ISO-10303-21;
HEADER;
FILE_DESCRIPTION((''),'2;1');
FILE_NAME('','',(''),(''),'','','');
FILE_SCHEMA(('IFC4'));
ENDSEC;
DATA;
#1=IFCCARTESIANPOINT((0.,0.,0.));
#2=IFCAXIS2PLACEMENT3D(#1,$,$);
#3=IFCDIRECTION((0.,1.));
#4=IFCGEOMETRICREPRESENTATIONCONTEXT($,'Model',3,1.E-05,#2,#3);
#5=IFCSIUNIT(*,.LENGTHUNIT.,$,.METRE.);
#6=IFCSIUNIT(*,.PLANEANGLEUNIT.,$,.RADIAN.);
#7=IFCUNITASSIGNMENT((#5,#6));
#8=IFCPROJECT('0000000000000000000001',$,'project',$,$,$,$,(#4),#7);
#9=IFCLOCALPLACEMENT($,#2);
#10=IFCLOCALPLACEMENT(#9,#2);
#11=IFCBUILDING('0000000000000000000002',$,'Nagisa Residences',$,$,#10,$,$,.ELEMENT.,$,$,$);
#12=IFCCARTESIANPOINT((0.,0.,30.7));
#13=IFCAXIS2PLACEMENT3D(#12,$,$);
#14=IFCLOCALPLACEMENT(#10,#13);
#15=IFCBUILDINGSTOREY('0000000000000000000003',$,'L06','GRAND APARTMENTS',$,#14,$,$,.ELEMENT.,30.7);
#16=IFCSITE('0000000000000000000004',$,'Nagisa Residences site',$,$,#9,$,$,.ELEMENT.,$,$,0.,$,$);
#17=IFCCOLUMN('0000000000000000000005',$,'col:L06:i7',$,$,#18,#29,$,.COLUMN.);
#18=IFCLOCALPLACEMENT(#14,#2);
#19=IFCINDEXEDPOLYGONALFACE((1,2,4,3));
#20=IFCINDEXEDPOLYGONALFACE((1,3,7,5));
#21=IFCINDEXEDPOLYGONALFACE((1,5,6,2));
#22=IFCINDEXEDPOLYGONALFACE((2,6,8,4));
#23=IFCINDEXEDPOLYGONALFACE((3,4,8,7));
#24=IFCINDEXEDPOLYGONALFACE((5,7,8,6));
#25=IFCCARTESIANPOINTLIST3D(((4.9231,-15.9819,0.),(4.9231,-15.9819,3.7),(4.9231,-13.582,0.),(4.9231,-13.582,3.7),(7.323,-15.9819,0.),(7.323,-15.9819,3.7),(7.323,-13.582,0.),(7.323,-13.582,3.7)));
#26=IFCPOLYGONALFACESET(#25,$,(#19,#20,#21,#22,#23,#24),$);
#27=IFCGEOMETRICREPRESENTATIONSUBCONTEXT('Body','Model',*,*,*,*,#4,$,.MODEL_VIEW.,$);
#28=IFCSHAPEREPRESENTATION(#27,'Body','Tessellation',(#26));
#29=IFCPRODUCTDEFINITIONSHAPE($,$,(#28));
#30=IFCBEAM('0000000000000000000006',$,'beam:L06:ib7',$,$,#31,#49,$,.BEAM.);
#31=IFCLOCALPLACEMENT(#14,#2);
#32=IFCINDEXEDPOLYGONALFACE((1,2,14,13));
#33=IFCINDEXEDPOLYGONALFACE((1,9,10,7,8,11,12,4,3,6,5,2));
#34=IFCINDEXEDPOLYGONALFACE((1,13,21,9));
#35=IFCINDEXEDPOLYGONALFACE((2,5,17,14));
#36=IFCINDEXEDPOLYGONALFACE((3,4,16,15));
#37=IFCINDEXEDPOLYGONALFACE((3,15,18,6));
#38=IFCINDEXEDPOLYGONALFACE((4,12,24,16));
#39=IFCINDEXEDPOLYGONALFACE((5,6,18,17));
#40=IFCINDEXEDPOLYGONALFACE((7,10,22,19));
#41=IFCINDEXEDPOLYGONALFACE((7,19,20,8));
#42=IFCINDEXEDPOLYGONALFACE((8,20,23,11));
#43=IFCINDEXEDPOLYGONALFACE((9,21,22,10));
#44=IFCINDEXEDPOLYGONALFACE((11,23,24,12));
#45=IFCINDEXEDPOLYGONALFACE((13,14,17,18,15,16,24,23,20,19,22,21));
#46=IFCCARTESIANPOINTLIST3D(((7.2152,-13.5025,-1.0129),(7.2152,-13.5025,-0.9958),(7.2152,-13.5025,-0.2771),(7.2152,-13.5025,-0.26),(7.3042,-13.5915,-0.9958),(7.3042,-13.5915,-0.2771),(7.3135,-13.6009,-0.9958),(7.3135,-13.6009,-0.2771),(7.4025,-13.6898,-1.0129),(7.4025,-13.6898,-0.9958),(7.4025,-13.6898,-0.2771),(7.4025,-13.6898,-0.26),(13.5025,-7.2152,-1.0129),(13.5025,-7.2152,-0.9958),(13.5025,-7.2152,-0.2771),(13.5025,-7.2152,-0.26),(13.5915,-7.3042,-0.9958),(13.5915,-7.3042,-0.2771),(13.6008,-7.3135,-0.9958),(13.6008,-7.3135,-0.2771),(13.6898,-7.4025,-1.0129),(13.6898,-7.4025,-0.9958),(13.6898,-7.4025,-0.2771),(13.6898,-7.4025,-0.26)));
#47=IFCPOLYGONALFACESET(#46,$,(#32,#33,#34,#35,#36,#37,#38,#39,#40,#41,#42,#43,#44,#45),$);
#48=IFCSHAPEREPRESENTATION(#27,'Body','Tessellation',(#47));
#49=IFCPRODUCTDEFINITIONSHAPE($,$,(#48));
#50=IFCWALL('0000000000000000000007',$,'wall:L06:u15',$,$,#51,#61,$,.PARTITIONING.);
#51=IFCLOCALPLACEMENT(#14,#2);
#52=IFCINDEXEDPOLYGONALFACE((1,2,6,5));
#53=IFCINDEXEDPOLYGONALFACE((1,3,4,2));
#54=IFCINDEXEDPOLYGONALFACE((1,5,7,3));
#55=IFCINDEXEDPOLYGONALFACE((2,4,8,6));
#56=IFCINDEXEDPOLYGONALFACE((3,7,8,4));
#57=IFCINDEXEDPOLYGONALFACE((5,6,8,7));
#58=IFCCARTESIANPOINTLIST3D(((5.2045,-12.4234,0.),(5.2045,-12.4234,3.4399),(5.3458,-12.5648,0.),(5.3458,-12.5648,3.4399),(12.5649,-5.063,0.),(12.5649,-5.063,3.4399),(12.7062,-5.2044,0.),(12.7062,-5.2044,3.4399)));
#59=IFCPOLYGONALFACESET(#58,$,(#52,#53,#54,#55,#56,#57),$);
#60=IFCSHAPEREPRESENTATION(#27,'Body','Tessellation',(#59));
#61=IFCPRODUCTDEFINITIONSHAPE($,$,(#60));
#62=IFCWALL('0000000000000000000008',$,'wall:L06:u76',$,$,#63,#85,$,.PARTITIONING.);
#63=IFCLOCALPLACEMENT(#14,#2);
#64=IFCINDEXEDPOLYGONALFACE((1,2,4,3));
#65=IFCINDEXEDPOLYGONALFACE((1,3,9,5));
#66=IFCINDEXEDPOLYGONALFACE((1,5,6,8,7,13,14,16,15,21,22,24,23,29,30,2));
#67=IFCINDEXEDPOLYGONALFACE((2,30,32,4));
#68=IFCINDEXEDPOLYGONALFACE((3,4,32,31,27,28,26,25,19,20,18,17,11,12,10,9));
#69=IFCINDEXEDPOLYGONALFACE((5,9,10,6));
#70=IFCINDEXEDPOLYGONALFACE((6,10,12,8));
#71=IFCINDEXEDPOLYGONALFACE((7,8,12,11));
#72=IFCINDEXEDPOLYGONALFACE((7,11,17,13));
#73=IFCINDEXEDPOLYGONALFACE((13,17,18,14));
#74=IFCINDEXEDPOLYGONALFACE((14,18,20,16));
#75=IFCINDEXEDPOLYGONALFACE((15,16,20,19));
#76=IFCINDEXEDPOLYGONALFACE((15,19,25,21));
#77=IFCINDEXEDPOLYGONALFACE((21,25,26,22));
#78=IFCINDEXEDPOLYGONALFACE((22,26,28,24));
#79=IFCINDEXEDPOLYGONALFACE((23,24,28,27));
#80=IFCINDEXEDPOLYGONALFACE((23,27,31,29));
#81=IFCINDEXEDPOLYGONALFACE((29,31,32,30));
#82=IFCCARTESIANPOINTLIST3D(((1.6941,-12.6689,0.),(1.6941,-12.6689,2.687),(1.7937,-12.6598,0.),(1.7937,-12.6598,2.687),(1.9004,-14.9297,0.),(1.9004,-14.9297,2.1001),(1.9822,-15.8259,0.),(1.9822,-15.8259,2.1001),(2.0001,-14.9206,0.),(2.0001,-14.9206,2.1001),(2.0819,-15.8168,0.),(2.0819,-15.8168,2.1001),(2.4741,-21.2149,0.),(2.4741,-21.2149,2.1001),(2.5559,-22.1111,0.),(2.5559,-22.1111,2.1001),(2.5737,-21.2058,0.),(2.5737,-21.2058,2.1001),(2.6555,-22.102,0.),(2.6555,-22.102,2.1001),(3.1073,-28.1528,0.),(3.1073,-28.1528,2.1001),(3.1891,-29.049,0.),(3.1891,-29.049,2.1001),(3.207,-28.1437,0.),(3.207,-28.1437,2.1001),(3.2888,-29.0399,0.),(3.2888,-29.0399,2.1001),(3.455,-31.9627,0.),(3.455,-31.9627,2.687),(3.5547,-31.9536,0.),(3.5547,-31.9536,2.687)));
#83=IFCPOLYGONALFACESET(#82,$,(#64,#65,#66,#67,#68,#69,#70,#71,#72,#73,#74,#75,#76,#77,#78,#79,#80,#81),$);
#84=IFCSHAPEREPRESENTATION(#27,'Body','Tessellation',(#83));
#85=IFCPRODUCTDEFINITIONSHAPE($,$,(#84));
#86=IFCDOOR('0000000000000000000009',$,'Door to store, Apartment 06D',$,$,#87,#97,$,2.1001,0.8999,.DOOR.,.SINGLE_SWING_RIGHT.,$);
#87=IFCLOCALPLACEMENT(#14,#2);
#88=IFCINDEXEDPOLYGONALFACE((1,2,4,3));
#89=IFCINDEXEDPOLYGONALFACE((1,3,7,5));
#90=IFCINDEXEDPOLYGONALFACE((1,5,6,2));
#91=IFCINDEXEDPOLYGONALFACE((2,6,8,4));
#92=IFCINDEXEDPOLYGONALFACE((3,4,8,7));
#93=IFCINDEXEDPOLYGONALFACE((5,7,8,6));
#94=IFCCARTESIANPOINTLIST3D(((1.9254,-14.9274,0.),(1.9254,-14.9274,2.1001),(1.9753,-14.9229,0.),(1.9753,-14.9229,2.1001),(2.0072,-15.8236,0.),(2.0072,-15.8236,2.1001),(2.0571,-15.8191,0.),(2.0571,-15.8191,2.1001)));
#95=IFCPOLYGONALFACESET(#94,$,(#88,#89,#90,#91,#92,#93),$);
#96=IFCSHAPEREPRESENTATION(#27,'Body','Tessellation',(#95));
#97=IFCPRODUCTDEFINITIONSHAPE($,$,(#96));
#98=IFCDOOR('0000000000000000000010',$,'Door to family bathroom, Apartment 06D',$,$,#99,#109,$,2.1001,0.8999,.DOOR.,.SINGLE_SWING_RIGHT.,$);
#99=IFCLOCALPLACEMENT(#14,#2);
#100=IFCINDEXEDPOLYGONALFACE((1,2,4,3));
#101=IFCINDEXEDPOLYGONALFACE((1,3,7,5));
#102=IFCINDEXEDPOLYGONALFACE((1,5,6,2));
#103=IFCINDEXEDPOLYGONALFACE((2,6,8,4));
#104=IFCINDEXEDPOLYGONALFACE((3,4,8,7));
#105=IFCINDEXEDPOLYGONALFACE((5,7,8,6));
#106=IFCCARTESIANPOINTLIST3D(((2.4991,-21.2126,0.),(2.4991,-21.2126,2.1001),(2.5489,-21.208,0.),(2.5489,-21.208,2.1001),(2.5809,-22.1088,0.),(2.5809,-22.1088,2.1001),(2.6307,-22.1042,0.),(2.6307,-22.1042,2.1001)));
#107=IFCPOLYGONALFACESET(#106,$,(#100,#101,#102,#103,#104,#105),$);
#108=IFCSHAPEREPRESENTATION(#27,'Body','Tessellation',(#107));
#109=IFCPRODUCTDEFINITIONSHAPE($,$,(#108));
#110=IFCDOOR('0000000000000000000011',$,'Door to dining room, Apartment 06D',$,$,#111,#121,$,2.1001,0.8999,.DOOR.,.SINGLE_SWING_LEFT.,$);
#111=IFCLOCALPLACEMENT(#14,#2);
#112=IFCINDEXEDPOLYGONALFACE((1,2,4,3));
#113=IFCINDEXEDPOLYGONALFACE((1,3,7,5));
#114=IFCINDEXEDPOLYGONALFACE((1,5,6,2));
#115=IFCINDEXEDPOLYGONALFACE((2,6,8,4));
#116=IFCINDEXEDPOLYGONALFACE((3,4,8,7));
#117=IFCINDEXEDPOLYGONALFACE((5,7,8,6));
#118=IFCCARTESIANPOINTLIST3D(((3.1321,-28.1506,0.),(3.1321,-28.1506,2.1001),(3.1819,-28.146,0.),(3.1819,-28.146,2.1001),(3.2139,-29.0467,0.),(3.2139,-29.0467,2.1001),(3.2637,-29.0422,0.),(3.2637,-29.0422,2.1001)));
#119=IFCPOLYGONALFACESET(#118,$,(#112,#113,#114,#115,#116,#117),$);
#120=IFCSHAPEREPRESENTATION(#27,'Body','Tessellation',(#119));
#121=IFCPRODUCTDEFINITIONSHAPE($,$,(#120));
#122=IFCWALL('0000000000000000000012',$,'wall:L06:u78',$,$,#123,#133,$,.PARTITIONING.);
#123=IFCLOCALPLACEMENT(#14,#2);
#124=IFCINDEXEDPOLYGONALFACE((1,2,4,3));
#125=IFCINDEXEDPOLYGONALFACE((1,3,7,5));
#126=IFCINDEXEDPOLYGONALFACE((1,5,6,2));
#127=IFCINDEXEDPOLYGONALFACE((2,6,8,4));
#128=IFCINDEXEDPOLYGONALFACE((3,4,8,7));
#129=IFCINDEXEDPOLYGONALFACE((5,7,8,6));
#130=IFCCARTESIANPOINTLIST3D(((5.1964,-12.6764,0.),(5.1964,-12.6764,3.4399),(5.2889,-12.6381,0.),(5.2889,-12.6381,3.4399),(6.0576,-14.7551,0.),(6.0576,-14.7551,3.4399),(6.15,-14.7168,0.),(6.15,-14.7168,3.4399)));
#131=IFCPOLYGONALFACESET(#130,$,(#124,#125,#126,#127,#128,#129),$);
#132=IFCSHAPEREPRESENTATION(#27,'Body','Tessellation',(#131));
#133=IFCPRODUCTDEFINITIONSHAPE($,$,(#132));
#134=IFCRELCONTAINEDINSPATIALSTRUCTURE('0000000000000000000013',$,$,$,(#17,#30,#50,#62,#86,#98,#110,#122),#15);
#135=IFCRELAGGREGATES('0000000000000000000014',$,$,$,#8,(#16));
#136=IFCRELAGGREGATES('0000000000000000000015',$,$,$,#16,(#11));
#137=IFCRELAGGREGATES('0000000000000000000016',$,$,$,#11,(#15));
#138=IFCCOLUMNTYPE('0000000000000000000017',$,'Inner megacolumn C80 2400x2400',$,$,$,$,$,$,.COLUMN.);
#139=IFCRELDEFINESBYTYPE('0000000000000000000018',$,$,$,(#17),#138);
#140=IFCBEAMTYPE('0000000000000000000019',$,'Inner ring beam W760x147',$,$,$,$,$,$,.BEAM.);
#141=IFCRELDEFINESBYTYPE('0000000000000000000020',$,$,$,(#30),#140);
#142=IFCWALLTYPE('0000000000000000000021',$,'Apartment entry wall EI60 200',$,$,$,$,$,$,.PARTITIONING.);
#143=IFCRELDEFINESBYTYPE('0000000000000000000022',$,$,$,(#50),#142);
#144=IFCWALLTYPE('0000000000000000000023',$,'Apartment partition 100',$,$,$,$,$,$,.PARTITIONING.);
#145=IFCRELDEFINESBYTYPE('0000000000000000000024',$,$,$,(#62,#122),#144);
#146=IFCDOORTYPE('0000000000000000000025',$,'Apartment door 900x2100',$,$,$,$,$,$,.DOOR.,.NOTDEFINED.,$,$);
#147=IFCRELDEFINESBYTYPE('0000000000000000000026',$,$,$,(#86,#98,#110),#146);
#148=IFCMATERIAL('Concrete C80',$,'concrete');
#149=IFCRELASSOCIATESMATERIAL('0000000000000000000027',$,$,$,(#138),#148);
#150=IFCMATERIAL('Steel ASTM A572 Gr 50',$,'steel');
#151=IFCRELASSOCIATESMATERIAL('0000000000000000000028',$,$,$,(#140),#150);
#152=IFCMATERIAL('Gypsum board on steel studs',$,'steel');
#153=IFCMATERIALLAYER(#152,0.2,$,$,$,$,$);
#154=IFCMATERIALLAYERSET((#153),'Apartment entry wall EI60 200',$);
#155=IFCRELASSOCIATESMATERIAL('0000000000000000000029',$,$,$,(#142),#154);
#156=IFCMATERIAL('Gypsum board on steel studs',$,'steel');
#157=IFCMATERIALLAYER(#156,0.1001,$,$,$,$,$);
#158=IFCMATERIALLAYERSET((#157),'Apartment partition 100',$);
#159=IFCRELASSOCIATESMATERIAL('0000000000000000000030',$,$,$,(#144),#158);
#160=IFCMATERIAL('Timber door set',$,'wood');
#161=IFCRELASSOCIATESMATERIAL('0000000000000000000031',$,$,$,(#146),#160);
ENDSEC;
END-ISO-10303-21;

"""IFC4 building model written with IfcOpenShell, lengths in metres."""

from ifc_helpers import new_model, si_unit, direction, frame, frame_2d, origin, origin_2d, place, context, subcontext, project, spatial, rectangle, i_section, extrude, material, layer, layer_set, material_profile, profile_set, type_object, element, fill, save


model = new_model("IFC4")

# Units and contexts
model_context = context("Model", 3, precision=1e-05, world=origin(), true_north=direction((0.0, 1.0)))
body_context = subcontext(model_context, "Body", "Model", "MODEL_VIEW")
ifc_project = project(units=[si_unit("LENGTHUNIT", "METRE"), si_unit("PLANEANGLEUNIT", "RADIAN")], contexts=[model_context])

# Site, building, storey
site_placement = place(None, origin())
site = spatial("IfcSite", under=ifc_project, at=site_placement, Name="Nagisa Residences site", CompositionType="ELEMENT", RefElevation=0.0)
building_placement = place(site_placement, origin())
building = spatial("IfcBuilding", under=site, at=building_placement, Name="Nagisa Residences", CompositionType="ELEMENT")
storey_placement = place(building_placement, frame((0.0, 0.0, 30.7)))
storey = spatial("IfcBuildingStorey", under=building, at=storey_placement, Name="L06", Description="GRAND APARTMENTS", CompositionType="ELEMENT", Elevation=30.7)

# Column
ifc_material_1 = material(Name="Concrete C80", Category="concrete")
ifc_material_profile_1 = material_profile(ifc_material_1, rectangle(XDim=2.3999, YDim=2.3999, at=origin_2d()), Name="C80 2400x2400")
ifc_profile_set_1 = profile_set([ifc_material_profile_1], Name="Concrete C80")
column_type = type_object("IfcColumnType", Name="Inner megacolumn C80 2400x2400", PredefinedType="COLUMN", material=ifc_profile_set_1)
column_placement = place(storey_placement, frame((6.123, -14.782, 0.0), z_axis=(0.0, 0.0, 1.0), x_axis=(1.0, 0.0, 0.0)))
element("IfcColumn", 1, at=column_placement, inside=storey, type_object=column_type, Name="col:L06:i7", PredefinedType="COLUMN", context=body_context, shape_type="SweptSolid", body=[
    extrude(rectangle(XDim=2.3999, YDim=2.3999, at=origin_2d()), origin(), (0.0, 0.0, 1.0), 3.7),
])

# Beam
ifc_material_2 = material(Name="Steel ASTM A572 Gr 50", Category="steel")
ifc_material_profile_2 = material_profile(ifc_material_2, i_section(OverallWidth=0.2649, OverallDepth=0.7529, WebThickness=0.0132, FlangeThickness=0.0171, at=origin_2d()), Name="W760x147")
ifc_profile_set_2 = profile_set([ifc_material_profile_2], Name="Steel ASTM A572 Gr 50")
beam_type = type_object("IfcBeamType", Name="Inner ring beam W760x147", PredefinedType="BEAM", material=ifc_profile_set_2)
beam_placement = place(storey_placement, frame((7.3088, -13.5962, -0.6365), z_axis=(0.707107, 0.707107, 0.0), x_axis=(-0.707107, 0.707107, 0.0)))
element("IfcBeam", 2, at=beam_placement, inside=storey, type_object=beam_type, Name="beam:L06:ib7", PredefinedType="BEAM", context=body_context, shape_type="SweptSolid", body=[
    extrude(i_section(OverallWidth=0.2649, OverallDepth=0.7529, WebThickness=0.0132, FlangeThickness=0.0171, at=origin_2d()), origin(), (0.0, 0.0, 1.0), 8.8916),
])

# Wall
ifc_material_3 = material(Name="Gypsum board on steel studs", Category="steel")
ifc_layer_1 = layer(ifc_material_3, 0.2)
ifc_layer_set_1 = layer_set([ifc_layer_1], Name="Apartment entry wall EI60 200")
wall_type_1 = type_object("IfcWallType", Name="Apartment entry wall EI60 200", PredefinedType="PARTITIONING", material=ifc_layer_set_1)
wall_1_placement = place(storey_placement, frame((5.2751, -12.4941, 0.0), z_axis=(0.0, 0.0, 1.0), x_axis=(0.707107, 0.707107, 0.0)))
element("IfcWall", 3, at=wall_1_placement, inside=storey, type_object=wall_type_1, Name="wall:L06:u15", PredefinedType="PARTITIONING", context=body_context, shape_type="SweptSolid", body=[
    extrude(rectangle(XDim=10.4092, YDim=0.2, at=frame_2d((5.2046, 0.0))), origin(), (0.0, 0.0, 1.0), 3.4399),
])

# Wall, openings, doors
ifc_material_4 = material(Name="Gypsum board on steel studs", Category="steel")
ifc_layer_2 = layer(ifc_material_4, 0.1001)
ifc_layer_set_2 = layer_set([ifc_layer_2], Name="Apartment partition 100")
wall_type_2 = type_object("IfcWallType", Name="Apartment partition 100", PredefinedType="PARTITIONING", material=ifc_layer_set_2)
wall_2_placement = place(storey_placement, frame((1.7439, -12.6643, 0.0), z_axis=(0.0, 0.0, 1.0), x_axis=(0.090894, -0.995861, 0.0)))
wall_2 = element("IfcWall", 4, at=wall_2_placement, inside=storey, type_object=wall_type_2, Name="wall:L06:u76", PredefinedType="PARTITIONING", context=body_context, shape_type="SweptSolid", body=[
    extrude(rectangle(XDim=19.374, YDim=0.1001, at=frame_2d((9.687, 0.0))), origin(), (0.0, 0.0, 1.0), 2.687),
])
opening_1_placement = place(wall_2_placement, frame((2.2703, 0.0, 0.0)))
opening_1 = element("IfcOpeningElement", 5, at=opening_1_placement, cuts=wall_2, PredefinedType="OPENING", context=body_context, shape_type="SweptSolid", body=[
    extrude(rectangle(XDim=0.8999, YDim=2.1001, at=frame_2d((0.45, 1.05))), frame((0.0, 0.0601, 0.0), z_axis=(0.0, -1.0, 0.0), x_axis=(1.0, 0.0, 0.0)), (0.0, 0.0, 1.0), 0.1201),
])
opening_2_placement = place(wall_2_placement, frame((8.5815, 0.0, 0.0)))
opening_2 = element("IfcOpeningElement", 6, at=opening_2_placement, cuts=wall_2, PredefinedType="OPENING", context=body_context, shape_type="SweptSolid", body=[
    extrude(rectangle(XDim=0.8999, YDim=2.1001, at=frame_2d((0.45, 1.05))), frame((0.0, 0.0601, 0.0), z_axis=(0.0, -1.0, 0.0), x_axis=(1.0, 0.0, 0.0)), (0.0, 0.0, 1.0), 0.1201),
])
opening_3_placement = place(wall_2_placement, frame((15.5483, 0.0, 0.0)))
opening_3 = element("IfcOpeningElement", 7, at=opening_3_placement, cuts=wall_2, PredefinedType="OPENING", context=body_context, shape_type="SweptSolid", body=[
    extrude(rectangle(XDim=0.8999, YDim=2.1001, at=frame_2d((0.45, 1.05))), frame((0.0, 0.0601, 0.0), z_axis=(0.0, -1.0, 0.0), x_axis=(1.0, 0.0, 0.0)), (0.0, 0.0, 1.0), 0.1201),
])
ifc_material_5 = material(Name="Timber door set", Category="wood")
door_type_1 = type_object("IfcDoorType", Name="Apartment door 900x2100", OperationType="NOTDEFINED", PredefinedType="DOOR", material=ifc_material_5)
door_1_placement = place(opening_1_placement, frame((0.8999, 0.0, 0.0), x_axis=(-1.0, 0.0, 0.0)))
door_1 = element("IfcDoor", 8, at=door_1_placement, inside=storey, type_object=door_type_1, Name="Door to store, Apartment 06D", OperationType="SINGLE_SWING_RIGHT", OverallHeight=2.1001, OverallWidth=0.8999, PredefinedType="DOOR", context=body_context, shape_type="SweptSolid", body=[
    extrude(rectangle(XDim=0.8999, YDim=2.1001, at=frame_2d((0.45, 1.05))), frame((0.0, 0.0249, 0.0), z_axis=(0.0, -1.0, 0.0), x_axis=(1.0, 0.0, 0.0)), (0.0, 0.0, 1.0), 0.05),
])
fill(opening_1, door_1)
door_2_placement = place(opening_2_placement, frame((0.8999, 0.0, 0.0), x_axis=(-1.0, 0.0, 0.0)))
door_2 = element("IfcDoor", 9, at=door_2_placement, inside=storey, type_object=door_type_1, Name="Door to family bathroom, Apartment 06D", OperationType="SINGLE_SWING_RIGHT", OverallHeight=2.1001, OverallWidth=0.8999, PredefinedType="DOOR", context=body_context, shape_type="SweptSolid", body=[
    extrude(rectangle(XDim=0.8999, YDim=2.1001, at=frame_2d((0.45, 1.05))), frame((0.0, 0.0249, 0.0), z_axis=(0.0, -1.0, 0.0), x_axis=(1.0, 0.0, 0.0)), (0.0, 0.0, 1.0), 0.05),
])
fill(opening_2, door_2)
door_3_placement = place(opening_3_placement, origin())
door_3 = element("IfcDoor", 10, at=door_3_placement, inside=storey, type_object=door_type_1, Name="Door to dining room, Apartment 06D", OperationType="SINGLE_SWING_LEFT", OverallHeight=2.1001, OverallWidth=0.8999, PredefinedType="DOOR", context=body_context, shape_type="SweptSolid", body=[
    extrude(rectangle(XDim=0.8999, YDim=2.1001, at=frame_2d((0.45, 1.05))), frame((0.0, 0.0249, 0.0), z_axis=(0.0, -1.0, 0.0), x_axis=(1.0, 0.0, 0.0)), (0.0, 0.0, 1.0), 0.05),
])
fill(opening_3, door_3)

# Wall
wall_3_placement = place(storey_placement, frame((5.2427, -12.6572, 0.0), z_axis=(0.0, 0.0, 1.0), x_axis=(0.382719, -0.923865, 0.0)))
element("IfcWall", 11, at=wall_3_placement, inside=storey, type_object=wall_type_2, Name="wall:L06:u78", PredefinedType="PARTITIONING", context=body_context, shape_type="SweptSolid", body=[
    extrude(rectangle(XDim=2.25, YDim=0.1001, at=frame_2d((1.125, 0.0))), origin(), (0.0, 0.0, 1.0), 3.4399),
])

save(model, "model.ifc")
